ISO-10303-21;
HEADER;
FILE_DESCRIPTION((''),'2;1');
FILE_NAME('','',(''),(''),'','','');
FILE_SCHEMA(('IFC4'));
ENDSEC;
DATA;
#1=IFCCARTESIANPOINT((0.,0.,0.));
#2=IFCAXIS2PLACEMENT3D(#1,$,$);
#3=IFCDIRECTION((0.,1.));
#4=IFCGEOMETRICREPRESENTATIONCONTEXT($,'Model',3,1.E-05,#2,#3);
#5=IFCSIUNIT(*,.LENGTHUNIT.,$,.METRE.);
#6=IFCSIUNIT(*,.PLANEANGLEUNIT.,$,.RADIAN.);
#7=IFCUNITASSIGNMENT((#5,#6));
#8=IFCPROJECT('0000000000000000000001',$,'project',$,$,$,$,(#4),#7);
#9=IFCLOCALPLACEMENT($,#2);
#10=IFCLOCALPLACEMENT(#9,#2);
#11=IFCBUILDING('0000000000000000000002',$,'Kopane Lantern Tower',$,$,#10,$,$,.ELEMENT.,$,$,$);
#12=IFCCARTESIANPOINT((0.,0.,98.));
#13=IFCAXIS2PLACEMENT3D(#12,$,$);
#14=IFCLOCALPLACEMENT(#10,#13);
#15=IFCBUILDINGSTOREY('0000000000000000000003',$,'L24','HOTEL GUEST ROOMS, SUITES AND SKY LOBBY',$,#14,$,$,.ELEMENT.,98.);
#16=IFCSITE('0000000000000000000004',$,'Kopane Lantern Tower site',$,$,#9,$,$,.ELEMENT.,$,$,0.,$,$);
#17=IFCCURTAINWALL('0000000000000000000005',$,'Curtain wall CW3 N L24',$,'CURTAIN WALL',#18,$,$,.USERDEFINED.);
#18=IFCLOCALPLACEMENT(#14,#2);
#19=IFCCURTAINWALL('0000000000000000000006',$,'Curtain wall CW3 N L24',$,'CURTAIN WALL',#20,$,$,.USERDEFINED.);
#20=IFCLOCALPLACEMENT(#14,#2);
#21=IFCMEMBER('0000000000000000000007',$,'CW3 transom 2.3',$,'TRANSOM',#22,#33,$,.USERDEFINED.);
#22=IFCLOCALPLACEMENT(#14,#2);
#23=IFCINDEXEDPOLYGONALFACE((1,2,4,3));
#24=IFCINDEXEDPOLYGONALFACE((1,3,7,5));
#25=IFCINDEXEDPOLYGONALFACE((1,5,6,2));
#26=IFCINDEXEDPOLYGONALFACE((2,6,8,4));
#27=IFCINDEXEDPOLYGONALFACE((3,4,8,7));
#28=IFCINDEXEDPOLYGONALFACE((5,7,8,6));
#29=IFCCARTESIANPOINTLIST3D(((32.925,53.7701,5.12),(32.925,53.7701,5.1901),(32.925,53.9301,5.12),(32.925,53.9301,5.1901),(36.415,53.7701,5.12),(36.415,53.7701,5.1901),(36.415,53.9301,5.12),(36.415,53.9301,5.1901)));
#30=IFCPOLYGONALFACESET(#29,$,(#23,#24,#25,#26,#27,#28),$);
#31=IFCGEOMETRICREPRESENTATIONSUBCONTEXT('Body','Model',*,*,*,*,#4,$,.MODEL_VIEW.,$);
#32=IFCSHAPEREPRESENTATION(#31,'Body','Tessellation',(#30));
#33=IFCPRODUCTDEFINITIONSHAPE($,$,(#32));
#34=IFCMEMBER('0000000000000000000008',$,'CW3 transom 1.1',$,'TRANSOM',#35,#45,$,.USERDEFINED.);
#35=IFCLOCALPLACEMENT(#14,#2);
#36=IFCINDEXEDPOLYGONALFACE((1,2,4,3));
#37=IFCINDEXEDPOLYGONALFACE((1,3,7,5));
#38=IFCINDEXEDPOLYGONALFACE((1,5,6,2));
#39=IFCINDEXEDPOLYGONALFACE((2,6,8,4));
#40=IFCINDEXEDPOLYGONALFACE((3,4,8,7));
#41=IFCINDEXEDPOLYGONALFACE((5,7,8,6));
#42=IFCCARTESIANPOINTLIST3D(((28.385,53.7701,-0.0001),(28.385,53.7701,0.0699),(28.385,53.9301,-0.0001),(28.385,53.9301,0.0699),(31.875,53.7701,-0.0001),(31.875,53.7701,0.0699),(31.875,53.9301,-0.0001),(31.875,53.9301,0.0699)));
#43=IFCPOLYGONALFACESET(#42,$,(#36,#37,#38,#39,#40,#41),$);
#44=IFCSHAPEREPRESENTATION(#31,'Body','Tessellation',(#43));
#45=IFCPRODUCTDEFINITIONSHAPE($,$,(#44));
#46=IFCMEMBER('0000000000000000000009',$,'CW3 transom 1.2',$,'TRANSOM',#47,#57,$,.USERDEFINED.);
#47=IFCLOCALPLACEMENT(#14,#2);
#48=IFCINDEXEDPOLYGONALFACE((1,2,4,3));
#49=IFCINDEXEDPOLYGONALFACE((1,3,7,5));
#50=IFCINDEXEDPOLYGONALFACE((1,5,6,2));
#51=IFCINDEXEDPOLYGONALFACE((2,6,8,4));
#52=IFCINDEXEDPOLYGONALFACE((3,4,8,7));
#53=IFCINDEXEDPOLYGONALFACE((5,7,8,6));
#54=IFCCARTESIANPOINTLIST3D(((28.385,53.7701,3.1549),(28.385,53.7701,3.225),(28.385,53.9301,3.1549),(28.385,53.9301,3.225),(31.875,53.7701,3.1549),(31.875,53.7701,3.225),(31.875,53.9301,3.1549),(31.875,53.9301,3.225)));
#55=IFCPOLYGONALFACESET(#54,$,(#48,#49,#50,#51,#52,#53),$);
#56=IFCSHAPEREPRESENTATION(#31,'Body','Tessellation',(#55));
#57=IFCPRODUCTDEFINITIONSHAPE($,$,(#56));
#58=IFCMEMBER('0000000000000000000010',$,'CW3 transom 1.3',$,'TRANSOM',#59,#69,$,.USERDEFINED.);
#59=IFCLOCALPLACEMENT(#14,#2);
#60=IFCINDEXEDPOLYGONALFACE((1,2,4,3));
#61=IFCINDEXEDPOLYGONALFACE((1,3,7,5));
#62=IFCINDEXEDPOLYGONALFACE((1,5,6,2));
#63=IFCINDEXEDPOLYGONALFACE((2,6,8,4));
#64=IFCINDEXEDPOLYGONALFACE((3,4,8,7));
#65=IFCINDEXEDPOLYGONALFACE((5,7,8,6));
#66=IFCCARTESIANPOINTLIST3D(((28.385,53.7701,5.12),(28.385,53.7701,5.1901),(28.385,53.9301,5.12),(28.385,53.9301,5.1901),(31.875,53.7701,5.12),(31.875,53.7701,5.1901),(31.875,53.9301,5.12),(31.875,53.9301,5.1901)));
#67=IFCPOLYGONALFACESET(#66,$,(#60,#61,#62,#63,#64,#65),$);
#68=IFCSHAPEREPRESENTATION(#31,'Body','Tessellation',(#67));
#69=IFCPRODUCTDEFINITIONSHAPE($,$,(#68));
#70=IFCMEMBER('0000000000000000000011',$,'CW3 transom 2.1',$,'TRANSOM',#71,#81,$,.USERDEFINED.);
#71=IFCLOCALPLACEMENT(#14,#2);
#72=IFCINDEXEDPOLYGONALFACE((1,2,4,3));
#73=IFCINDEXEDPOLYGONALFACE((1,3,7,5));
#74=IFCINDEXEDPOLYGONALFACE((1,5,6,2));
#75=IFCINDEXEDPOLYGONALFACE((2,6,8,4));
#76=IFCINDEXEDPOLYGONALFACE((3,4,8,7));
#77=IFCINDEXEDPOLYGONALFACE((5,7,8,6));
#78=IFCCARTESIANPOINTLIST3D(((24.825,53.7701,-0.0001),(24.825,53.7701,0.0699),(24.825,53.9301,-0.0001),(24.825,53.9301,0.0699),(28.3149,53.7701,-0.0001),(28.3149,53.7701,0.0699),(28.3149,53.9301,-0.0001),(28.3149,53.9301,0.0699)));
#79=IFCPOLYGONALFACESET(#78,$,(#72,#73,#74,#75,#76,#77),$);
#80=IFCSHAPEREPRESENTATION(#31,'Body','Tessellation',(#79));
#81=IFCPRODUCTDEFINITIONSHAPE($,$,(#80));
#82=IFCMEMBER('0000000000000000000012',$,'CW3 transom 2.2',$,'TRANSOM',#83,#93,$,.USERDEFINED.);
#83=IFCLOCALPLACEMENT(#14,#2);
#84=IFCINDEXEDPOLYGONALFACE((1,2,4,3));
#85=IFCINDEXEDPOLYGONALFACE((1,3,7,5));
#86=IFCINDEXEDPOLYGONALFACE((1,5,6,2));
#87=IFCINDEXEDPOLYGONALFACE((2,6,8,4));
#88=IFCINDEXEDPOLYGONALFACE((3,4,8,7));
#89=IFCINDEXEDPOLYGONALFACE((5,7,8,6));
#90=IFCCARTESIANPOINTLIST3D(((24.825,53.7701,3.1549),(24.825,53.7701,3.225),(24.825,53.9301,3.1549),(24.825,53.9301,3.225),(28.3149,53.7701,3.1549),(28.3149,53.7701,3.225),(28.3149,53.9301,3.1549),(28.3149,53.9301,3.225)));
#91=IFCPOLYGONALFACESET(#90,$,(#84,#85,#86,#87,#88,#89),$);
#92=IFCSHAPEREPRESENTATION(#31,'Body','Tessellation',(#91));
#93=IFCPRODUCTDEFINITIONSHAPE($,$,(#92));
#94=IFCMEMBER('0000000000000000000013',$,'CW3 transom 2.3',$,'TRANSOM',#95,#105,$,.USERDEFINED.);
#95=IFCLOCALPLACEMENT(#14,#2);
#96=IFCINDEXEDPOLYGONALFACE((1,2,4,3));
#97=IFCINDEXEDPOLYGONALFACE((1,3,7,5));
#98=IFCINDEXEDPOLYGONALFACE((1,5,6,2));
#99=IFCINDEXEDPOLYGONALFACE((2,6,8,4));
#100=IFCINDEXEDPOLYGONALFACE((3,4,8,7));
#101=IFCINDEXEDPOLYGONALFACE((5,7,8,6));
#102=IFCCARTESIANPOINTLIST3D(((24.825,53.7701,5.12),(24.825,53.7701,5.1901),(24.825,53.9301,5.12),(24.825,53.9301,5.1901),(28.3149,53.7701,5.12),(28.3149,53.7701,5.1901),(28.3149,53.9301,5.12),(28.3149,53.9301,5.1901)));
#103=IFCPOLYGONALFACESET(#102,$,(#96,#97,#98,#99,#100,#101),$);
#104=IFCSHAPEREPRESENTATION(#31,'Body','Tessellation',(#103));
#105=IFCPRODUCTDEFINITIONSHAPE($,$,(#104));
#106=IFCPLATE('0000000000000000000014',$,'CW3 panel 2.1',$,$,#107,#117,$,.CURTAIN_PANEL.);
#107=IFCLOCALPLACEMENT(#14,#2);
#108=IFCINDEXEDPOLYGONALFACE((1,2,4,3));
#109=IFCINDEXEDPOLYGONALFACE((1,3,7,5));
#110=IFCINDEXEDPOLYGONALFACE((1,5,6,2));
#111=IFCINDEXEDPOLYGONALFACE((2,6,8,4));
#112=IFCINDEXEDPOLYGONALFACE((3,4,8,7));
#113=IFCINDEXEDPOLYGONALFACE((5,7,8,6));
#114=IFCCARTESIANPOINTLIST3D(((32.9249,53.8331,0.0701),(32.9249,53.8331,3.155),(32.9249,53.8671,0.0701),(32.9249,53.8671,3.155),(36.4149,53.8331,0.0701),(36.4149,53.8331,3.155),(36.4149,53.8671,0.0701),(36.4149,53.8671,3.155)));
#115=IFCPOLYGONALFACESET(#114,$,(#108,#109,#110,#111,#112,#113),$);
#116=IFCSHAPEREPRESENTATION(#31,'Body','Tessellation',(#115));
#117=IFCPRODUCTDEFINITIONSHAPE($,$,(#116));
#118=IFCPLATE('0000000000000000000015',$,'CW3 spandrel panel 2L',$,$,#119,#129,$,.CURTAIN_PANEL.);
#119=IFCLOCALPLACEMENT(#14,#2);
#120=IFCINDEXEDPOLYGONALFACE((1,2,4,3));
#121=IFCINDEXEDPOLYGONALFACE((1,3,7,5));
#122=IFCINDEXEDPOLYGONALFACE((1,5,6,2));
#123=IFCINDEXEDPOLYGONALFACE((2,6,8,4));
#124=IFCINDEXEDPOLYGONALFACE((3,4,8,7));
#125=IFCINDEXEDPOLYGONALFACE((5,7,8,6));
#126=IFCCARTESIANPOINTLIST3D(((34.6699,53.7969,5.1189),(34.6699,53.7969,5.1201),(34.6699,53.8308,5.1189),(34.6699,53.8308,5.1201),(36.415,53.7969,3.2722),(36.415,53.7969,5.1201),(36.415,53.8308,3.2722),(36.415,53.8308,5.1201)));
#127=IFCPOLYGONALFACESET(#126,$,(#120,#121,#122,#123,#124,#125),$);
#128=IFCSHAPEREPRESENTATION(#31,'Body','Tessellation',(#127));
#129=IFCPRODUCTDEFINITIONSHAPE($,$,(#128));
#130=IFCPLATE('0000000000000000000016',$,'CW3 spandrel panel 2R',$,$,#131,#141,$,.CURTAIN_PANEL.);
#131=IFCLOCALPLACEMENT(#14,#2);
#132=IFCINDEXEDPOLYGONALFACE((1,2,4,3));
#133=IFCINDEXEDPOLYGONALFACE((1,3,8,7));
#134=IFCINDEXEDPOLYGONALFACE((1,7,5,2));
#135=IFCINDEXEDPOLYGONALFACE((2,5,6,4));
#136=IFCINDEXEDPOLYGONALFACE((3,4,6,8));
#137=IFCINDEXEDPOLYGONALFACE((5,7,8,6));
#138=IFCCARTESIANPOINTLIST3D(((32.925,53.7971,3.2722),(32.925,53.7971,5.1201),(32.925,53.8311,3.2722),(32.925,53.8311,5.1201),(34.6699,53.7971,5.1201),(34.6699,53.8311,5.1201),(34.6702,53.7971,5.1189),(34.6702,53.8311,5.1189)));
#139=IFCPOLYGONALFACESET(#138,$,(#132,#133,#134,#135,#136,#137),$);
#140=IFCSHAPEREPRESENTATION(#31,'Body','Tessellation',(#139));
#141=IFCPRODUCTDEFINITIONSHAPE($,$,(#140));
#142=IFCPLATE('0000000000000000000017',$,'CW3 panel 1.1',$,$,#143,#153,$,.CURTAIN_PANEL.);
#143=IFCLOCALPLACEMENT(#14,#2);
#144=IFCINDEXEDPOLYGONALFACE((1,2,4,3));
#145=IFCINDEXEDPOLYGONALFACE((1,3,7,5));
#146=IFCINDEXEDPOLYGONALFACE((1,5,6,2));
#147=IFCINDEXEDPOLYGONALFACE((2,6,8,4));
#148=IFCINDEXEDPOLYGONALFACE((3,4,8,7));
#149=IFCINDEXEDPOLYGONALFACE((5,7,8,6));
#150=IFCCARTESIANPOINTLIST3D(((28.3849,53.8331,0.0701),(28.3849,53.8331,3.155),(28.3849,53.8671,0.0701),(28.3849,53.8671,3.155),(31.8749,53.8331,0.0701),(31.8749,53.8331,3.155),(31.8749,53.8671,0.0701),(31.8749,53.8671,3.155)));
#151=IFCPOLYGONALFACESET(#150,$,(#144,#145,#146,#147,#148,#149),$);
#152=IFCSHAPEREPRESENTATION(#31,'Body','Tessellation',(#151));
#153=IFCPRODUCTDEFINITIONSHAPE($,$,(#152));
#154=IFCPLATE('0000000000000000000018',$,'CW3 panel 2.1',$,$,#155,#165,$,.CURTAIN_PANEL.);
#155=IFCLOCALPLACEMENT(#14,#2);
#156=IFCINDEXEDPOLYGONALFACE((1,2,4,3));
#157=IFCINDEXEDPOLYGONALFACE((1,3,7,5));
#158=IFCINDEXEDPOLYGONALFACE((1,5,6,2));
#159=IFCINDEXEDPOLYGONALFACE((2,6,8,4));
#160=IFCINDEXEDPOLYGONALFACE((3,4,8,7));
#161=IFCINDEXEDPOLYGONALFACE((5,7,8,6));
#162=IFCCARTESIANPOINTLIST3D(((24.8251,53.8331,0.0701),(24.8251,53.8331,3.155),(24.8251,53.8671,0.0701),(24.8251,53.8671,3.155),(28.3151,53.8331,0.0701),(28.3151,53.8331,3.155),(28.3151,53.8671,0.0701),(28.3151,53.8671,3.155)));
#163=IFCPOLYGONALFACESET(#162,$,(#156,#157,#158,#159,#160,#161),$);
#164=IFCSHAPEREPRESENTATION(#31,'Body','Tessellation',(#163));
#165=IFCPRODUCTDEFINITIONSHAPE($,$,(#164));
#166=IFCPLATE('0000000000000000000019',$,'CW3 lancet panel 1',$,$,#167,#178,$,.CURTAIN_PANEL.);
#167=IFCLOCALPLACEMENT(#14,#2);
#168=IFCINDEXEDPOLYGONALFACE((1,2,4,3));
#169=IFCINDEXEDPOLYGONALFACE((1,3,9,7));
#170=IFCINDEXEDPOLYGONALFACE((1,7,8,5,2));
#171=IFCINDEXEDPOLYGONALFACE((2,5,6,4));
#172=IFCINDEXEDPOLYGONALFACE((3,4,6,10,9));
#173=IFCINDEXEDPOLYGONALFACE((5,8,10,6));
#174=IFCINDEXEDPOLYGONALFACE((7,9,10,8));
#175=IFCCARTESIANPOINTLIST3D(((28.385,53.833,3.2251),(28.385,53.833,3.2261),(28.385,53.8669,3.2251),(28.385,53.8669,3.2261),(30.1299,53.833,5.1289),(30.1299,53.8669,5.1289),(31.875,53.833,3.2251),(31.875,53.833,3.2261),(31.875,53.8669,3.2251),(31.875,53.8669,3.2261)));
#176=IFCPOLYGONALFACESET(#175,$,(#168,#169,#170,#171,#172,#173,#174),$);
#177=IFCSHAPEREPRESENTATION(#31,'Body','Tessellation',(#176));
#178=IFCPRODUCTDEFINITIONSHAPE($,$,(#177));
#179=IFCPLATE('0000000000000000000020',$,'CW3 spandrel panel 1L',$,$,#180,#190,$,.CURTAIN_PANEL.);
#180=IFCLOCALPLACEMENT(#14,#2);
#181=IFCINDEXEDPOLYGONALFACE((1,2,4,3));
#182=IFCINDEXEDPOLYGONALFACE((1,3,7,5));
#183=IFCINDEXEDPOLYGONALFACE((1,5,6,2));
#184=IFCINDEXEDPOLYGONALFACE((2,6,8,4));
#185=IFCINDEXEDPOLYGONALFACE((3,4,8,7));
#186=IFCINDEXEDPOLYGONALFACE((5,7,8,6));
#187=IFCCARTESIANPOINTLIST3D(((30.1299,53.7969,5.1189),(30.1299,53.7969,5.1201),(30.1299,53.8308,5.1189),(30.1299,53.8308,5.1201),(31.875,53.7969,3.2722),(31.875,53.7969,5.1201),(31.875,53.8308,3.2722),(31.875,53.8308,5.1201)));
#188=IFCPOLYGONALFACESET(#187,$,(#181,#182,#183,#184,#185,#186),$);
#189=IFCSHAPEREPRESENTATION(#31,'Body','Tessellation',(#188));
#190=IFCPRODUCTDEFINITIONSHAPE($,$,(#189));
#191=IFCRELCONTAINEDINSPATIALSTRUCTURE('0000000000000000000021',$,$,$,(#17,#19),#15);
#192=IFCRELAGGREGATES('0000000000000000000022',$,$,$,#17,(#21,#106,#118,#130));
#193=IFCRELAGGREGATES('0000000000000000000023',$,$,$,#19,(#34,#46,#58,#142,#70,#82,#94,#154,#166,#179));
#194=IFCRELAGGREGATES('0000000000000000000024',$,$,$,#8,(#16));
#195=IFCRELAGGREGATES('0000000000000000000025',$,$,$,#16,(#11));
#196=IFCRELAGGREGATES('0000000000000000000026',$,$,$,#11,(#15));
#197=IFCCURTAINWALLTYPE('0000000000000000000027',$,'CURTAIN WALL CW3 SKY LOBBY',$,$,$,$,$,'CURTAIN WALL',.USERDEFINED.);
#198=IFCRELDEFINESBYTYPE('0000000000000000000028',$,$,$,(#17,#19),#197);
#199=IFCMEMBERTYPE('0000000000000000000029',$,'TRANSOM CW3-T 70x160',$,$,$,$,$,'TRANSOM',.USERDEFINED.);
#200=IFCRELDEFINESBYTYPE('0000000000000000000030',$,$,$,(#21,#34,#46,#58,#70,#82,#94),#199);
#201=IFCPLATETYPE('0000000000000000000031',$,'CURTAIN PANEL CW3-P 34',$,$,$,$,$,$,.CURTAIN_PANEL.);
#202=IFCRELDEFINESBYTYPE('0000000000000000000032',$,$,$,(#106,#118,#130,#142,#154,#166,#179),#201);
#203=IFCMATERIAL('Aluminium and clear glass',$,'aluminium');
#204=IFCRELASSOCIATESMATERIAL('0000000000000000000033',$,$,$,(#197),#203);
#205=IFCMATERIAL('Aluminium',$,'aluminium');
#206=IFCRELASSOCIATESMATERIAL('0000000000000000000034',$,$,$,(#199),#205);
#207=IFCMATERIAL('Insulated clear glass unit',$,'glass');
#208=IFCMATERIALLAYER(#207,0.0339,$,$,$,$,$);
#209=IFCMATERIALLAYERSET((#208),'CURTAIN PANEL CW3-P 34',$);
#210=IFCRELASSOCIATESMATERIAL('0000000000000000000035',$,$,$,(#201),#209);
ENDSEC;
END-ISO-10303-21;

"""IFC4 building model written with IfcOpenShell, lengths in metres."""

from ifc_helpers import new_model, si_unit, direction, frame, origin, origin_2d, place, context, subcontext, project, spatial, polyline, rectangle, outline, extrude, material, layer, layer_set, material_profile, profile_set, type_object, element, aggregate, save


model = new_model("IFC4")

# Units and contexts
model_context = context("Model", 3, precision=1e-05, world=origin(), true_north=direction((0.0, 1.0)))
body_context = subcontext(model_context, "Body", "Model", "MODEL_VIEW")
ifc_project = project(units=[si_unit("LENGTHUNIT", "METRE"), si_unit("PLANEANGLEUNIT", "RADIAN")], contexts=[model_context])

# Site, building, storey
site_placement = place(None, origin())
site = spatial("IfcSite", under=ifc_project, at=site_placement, Name="Kopane Lantern Tower site", CompositionType="ELEMENT", RefElevation=0.0)
building_placement = place(site_placement, origin())
building = spatial("IfcBuilding", under=site, at=building_placement, Name="Kopane Lantern Tower", CompositionType="ELEMENT")
storey_placement = place(building_placement, frame((0.0, 0.0, 98.0)))
storey = spatial("IfcBuildingStorey", under=building, at=storey_placement, Name="L24", Description="HOTEL GUEST ROOMS, SUITES AND SKY LOBBY", CompositionType="ELEMENT", Elevation=98.0)

# Curtain walls
ifc_material_1 = material(Name="Aluminium and clear glass", Category="aluminium")
curtain_wall_type = type_object("IfcCurtainWallType", Name="CURTAIN WALL CW3 SKY LOBBY", ElementType="CURTAIN WALL", PredefinedType="USERDEFINED", material=ifc_material_1)
curtain_wall_1_placement = place(storey_placement, origin())
curtain_wall_1 = element("IfcCurtainWall", 1, at=curtain_wall_1_placement, inside=storey, type_object=curtain_wall_type, Name="Curtain wall CW3 N L24", ObjectType="CURTAIN WALL", PredefinedType="USERDEFINED")
curtain_wall_2_placement = place(storey_placement, origin())
curtain_wall_2 = element("IfcCurtainWall", 2, at=curtain_wall_2_placement, inside=storey, type_object=curtain_wall_type, Name="Curtain wall CW3 N L24", ObjectType="CURTAIN WALL", PredefinedType="USERDEFINED")

# Members
ifc_material_2 = material(Name="Aluminium", Category="aluminium")
ifc_material_profile_1 = material_profile(ifc_material_2, rectangle(XDim=0.1599, YDim=0.0701, at=origin_2d()), Name="AL 160x70")
ifc_profile_set_1 = profile_set([ifc_material_profile_1], Name="Aluminium")
member_type_1 = type_object("IfcMemberType", Name="TRANSOM CW3-T 70x160", ElementType="TRANSOM", PredefinedType="USERDEFINED", material=ifc_profile_set_1)
member_1_placement = place(storey_placement, frame((36.415, 53.8501, 5.155), z_axis=(-1.0, 0.0, 0.0), x_axis=(0.0, -1.0, 0.0)))
member_1 = element("IfcMember", 3, at=member_1_placement, type_object=member_type_1, Name="CW3 transom 2.3", ObjectType="TRANSOM", PredefinedType="USERDEFINED", context=body_context, shape_type="SweptSolid", body=[
    extrude(rectangle(XDim=0.1599, YDim=0.0701, at=origin_2d()), origin(), (0.0, 0.0, 1.0), 3.49),
])
member_2_placement = place(storey_placement, frame((31.875, 53.8501, 0.0349), z_axis=(-1.0, 0.0, 0.0), x_axis=(0.0, -1.0, 0.0)))
member_2 = element("IfcMember", 4, at=member_2_placement, type_object=member_type_1, Name="CW3 transom 1.1", ObjectType="TRANSOM", PredefinedType="USERDEFINED", context=body_context, shape_type="SweptSolid", body=[
    extrude(rectangle(XDim=0.1599, YDim=0.0701, at=origin_2d()), origin(), (0.0, 0.0, 1.0), 3.49),
])
member_3_placement = place(storey_placement, frame((31.875, 53.8501, 3.1899), z_axis=(-1.0, 0.0, 0.0), x_axis=(0.0, -1.0, 0.0)))
member_3 = element("IfcMember", 5, at=member_3_placement, type_object=member_type_1, Name="CW3 transom 1.2", ObjectType="TRANSOM", PredefinedType="USERDEFINED", context=body_context, shape_type="SweptSolid", body=[
    extrude(rectangle(XDim=0.1599, YDim=0.0701, at=origin_2d()), origin(), (0.0, 0.0, 1.0), 3.49),
])
member_4_placement = place(storey_placement, frame((31.875, 53.8501, 5.155), z_axis=(-1.0, 0.0, 0.0), x_axis=(0.0, -1.0, 0.0)))
member_4 = element("IfcMember", 6, at=member_4_placement, type_object=member_type_1, Name="CW3 transom 1.3", ObjectType="TRANSOM", PredefinedType="USERDEFINED", context=body_context, shape_type="SweptSolid", body=[
    extrude(rectangle(XDim=0.1599, YDim=0.0701, at=origin_2d()), origin(), (0.0, 0.0, 1.0), 3.49),
])
member_5_placement = place(storey_placement, frame((28.3149, 53.8501, 0.0349), z_axis=(-1.0, 0.0, 0.0), x_axis=(0.0, -1.0, 0.0)))
member_5 = element("IfcMember", 7, at=member_5_placement, type_object=member_type_1, Name="CW3 transom 2.1", ObjectType="TRANSOM", PredefinedType="USERDEFINED", context=body_context, shape_type="SweptSolid", body=[
    extrude(rectangle(XDim=0.1599, YDim=0.0701, at=origin_2d()), origin(), (0.0, 0.0, 1.0), 3.49),
])
member_6_placement = place(storey_placement, frame((28.3149, 53.8501, 3.1899), z_axis=(-1.0, 0.0, 0.0), x_axis=(0.0, -1.0, 0.0)))
member_6 = element("IfcMember", 8, at=member_6_placement, type_object=member_type_1, Name="CW3 transom 2.2", ObjectType="TRANSOM", PredefinedType="USERDEFINED", context=body_context, shape_type="SweptSolid", body=[
    extrude(rectangle(XDim=0.1599, YDim=0.0701, at=origin_2d()), origin(), (0.0, 0.0, 1.0), 3.49),
])
member_7_placement = place(storey_placement, frame((28.3149, 53.8501, 5.155), z_axis=(-1.0, 0.0, 0.0), x_axis=(0.0, -1.0, 0.0)))
member_7 = element("IfcMember", 9, at=member_7_placement, type_object=member_type_1, Name="CW3 transom 2.3", ObjectType="TRANSOM", PredefinedType="USERDEFINED", context=body_context, shape_type="SweptSolid", body=[
    extrude(rectangle(XDim=0.1599, YDim=0.0701, at=origin_2d()), origin(), (0.0, 0.0, 1.0), 3.49),
])

# Plates
ifc_material_3 = material(Name="Insulated clear glass unit", Category="glass")
ifc_layer = layer(ifc_material_3, 0.0339)
ifc_layer_set = layer_set([ifc_layer], Name="CURTAIN PANEL CW3-P 34")
plate_type = type_object("IfcPlateType", Name="CURTAIN PANEL CW3-P 34", PredefinedType="CURTAIN_PANEL", material=ifc_layer_set)
plate_1_placement = place(storey_placement, frame((34.6699, 53.8501, 0.0701), z_axis=(0.0, 0.0, 1.0), x_axis=(-1.0, 0.0, 0.0)))
plate_1 = element("IfcPlate", 10, at=plate_1_placement, type_object=plate_type, Name="CW3 panel 2.1", PredefinedType="CURTAIN_PANEL", context=body_context, shape_type="SweptSolid", body=[
    extrude(rectangle(XDim=3.49, YDim=0.0339, at=origin_2d()), origin(), (0.0, 0.0, 1.0), 3.085),
])
plate_2_placement = place(storey_placement, frame((36.415, 53.814, 5.1201), z_axis=(0.0, 0.0, 1.0), x_axis=(-1.0, 0.0, 0.0)))
plate_2 = element("IfcPlate", 11, at=plate_2_placement, type_object=plate_type, Name="CW3 spandrel panel 2L", PredefinedType="CURTAIN_PANEL", context=body_context, shape_type="SweptSolid", body=[
    extrude(outline(polyline([(0.0, 0.0), (1.7451, 0.0), (1.7451, -0.0012), (0.0, -1.8479), (0.0, 0.0)])), frame((0.0, 0.0171, 0.0), z_axis=(0.0, -1.0, 0.0), x_axis=(1.0, 0.0, 0.0)), (0.0, 0.0, 1.0), 0.0339),
])
plate_3_placement = place(storey_placement, frame((32.925, 53.814, 5.1201), z_axis=(0.0, 0.0, 1.0), x_axis=(1.0, 0.0, 0.0)))
plate_3 = element("IfcPlate", 12, at=plate_3_placement, type_object=plate_type, Name="CW3 spandrel panel 2R", PredefinedType="CURTAIN_PANEL", context=body_context, shape_type="SweptSolid", body=[
    extrude(outline(polyline([(0.0, 0.0), (1.7449, 0.0), (1.7451, -0.0012), (0.0, -1.8479), (0.0, 0.0)])), frame((0.0, 0.0171, 0.0), z_axis=(0.0, -1.0, 0.0), x_axis=(1.0, 0.0, 0.0)), (0.0, 0.0, 1.0), 0.0339),
])
aggregate(curtain_wall_1, [member_1, plate_1, plate_2, plate_3])
plate_4_placement = place(storey_placement, frame((30.1299, 53.8501, 0.0701), z_axis=(0.0, 0.0, 1.0), x_axis=(-1.0, 0.0, 0.0)))
plate_4 = element("IfcPlate", 13, at=plate_4_placement, type_object=plate_type, Name="CW3 panel 1.1", PredefinedType="CURTAIN_PANEL", context=body_context, shape_type="SweptSolid", body=[
    extrude(rectangle(XDim=3.49, YDim=0.0339, at=origin_2d()), origin(), (0.0, 0.0, 1.0), 3.085),
])
plate_5_placement = place(storey_placement, frame((26.5701, 53.8501, 0.0701), z_axis=(0.0, 0.0, 1.0), x_axis=(-1.0, 0.0, 0.0)))
plate_5 = element("IfcPlate", 14, at=plate_5_placement, type_object=plate_type, Name="CW3 panel 2.1", PredefinedType="CURTAIN_PANEL", context=body_context, shape_type="SweptSolid", body=[
    extrude(rectangle(XDim=3.49, YDim=0.0339, at=origin_2d()), origin(), (0.0, 0.0, 1.0), 3.085),
])
plate_6_placement = place(storey_placement, frame((31.875, 53.8501, 3.2251), z_axis=(0.0, 0.0, 1.0), x_axis=(-1.0, 0.0, 0.0)))
plate_6 = element("IfcPlate", 15, at=plate_6_placement, type_object=plate_type, Name="CW3 lancet panel 1", PredefinedType="CURTAIN_PANEL", context=body_context, shape_type="SweptSolid", body=[
    extrude(outline(polyline([(0.0, 0.0), (3.49, 0.0), (3.49, 0.001), (1.7451, 1.9038), (0.0, 0.001), (0.0, 0.0)])), frame((0.0, 0.0171, 0.0), z_axis=(0.0, -1.0, 0.0), x_axis=(1.0, 0.0, 0.0)), (0.0, 0.0, 1.0), 0.0339),
])
plate_7_placement = place(storey_placement, frame((31.875, 53.814, 5.1201), z_axis=(0.0, 0.0, 1.0), x_axis=(-1.0, 0.0, 0.0)))
plate_7 = element("IfcPlate", 16, at=plate_7_placement, type_object=plate_type, Name="CW3 spandrel panel 1L", PredefinedType="CURTAIN_PANEL", context=body_context, shape_type="SweptSolid", body=[
    extrude(outline(polyline([(0.0, 0.0), (1.7451, 0.0), (1.7451, -0.0012), (0.0, -1.8479), (0.0, 0.0)])), frame((0.0, 0.0171, 0.0), z_axis=(0.0, -1.0, 0.0), x_axis=(1.0, 0.0, 0.0)), (0.0, 0.0, 1.0), 0.0339),
])
aggregate(curtain_wall_2, [member_2, member_3, member_4, plate_4, member_5, member_6, member_7, plate_5, plate_6, plate_7])

save(model, "model.ifc")
